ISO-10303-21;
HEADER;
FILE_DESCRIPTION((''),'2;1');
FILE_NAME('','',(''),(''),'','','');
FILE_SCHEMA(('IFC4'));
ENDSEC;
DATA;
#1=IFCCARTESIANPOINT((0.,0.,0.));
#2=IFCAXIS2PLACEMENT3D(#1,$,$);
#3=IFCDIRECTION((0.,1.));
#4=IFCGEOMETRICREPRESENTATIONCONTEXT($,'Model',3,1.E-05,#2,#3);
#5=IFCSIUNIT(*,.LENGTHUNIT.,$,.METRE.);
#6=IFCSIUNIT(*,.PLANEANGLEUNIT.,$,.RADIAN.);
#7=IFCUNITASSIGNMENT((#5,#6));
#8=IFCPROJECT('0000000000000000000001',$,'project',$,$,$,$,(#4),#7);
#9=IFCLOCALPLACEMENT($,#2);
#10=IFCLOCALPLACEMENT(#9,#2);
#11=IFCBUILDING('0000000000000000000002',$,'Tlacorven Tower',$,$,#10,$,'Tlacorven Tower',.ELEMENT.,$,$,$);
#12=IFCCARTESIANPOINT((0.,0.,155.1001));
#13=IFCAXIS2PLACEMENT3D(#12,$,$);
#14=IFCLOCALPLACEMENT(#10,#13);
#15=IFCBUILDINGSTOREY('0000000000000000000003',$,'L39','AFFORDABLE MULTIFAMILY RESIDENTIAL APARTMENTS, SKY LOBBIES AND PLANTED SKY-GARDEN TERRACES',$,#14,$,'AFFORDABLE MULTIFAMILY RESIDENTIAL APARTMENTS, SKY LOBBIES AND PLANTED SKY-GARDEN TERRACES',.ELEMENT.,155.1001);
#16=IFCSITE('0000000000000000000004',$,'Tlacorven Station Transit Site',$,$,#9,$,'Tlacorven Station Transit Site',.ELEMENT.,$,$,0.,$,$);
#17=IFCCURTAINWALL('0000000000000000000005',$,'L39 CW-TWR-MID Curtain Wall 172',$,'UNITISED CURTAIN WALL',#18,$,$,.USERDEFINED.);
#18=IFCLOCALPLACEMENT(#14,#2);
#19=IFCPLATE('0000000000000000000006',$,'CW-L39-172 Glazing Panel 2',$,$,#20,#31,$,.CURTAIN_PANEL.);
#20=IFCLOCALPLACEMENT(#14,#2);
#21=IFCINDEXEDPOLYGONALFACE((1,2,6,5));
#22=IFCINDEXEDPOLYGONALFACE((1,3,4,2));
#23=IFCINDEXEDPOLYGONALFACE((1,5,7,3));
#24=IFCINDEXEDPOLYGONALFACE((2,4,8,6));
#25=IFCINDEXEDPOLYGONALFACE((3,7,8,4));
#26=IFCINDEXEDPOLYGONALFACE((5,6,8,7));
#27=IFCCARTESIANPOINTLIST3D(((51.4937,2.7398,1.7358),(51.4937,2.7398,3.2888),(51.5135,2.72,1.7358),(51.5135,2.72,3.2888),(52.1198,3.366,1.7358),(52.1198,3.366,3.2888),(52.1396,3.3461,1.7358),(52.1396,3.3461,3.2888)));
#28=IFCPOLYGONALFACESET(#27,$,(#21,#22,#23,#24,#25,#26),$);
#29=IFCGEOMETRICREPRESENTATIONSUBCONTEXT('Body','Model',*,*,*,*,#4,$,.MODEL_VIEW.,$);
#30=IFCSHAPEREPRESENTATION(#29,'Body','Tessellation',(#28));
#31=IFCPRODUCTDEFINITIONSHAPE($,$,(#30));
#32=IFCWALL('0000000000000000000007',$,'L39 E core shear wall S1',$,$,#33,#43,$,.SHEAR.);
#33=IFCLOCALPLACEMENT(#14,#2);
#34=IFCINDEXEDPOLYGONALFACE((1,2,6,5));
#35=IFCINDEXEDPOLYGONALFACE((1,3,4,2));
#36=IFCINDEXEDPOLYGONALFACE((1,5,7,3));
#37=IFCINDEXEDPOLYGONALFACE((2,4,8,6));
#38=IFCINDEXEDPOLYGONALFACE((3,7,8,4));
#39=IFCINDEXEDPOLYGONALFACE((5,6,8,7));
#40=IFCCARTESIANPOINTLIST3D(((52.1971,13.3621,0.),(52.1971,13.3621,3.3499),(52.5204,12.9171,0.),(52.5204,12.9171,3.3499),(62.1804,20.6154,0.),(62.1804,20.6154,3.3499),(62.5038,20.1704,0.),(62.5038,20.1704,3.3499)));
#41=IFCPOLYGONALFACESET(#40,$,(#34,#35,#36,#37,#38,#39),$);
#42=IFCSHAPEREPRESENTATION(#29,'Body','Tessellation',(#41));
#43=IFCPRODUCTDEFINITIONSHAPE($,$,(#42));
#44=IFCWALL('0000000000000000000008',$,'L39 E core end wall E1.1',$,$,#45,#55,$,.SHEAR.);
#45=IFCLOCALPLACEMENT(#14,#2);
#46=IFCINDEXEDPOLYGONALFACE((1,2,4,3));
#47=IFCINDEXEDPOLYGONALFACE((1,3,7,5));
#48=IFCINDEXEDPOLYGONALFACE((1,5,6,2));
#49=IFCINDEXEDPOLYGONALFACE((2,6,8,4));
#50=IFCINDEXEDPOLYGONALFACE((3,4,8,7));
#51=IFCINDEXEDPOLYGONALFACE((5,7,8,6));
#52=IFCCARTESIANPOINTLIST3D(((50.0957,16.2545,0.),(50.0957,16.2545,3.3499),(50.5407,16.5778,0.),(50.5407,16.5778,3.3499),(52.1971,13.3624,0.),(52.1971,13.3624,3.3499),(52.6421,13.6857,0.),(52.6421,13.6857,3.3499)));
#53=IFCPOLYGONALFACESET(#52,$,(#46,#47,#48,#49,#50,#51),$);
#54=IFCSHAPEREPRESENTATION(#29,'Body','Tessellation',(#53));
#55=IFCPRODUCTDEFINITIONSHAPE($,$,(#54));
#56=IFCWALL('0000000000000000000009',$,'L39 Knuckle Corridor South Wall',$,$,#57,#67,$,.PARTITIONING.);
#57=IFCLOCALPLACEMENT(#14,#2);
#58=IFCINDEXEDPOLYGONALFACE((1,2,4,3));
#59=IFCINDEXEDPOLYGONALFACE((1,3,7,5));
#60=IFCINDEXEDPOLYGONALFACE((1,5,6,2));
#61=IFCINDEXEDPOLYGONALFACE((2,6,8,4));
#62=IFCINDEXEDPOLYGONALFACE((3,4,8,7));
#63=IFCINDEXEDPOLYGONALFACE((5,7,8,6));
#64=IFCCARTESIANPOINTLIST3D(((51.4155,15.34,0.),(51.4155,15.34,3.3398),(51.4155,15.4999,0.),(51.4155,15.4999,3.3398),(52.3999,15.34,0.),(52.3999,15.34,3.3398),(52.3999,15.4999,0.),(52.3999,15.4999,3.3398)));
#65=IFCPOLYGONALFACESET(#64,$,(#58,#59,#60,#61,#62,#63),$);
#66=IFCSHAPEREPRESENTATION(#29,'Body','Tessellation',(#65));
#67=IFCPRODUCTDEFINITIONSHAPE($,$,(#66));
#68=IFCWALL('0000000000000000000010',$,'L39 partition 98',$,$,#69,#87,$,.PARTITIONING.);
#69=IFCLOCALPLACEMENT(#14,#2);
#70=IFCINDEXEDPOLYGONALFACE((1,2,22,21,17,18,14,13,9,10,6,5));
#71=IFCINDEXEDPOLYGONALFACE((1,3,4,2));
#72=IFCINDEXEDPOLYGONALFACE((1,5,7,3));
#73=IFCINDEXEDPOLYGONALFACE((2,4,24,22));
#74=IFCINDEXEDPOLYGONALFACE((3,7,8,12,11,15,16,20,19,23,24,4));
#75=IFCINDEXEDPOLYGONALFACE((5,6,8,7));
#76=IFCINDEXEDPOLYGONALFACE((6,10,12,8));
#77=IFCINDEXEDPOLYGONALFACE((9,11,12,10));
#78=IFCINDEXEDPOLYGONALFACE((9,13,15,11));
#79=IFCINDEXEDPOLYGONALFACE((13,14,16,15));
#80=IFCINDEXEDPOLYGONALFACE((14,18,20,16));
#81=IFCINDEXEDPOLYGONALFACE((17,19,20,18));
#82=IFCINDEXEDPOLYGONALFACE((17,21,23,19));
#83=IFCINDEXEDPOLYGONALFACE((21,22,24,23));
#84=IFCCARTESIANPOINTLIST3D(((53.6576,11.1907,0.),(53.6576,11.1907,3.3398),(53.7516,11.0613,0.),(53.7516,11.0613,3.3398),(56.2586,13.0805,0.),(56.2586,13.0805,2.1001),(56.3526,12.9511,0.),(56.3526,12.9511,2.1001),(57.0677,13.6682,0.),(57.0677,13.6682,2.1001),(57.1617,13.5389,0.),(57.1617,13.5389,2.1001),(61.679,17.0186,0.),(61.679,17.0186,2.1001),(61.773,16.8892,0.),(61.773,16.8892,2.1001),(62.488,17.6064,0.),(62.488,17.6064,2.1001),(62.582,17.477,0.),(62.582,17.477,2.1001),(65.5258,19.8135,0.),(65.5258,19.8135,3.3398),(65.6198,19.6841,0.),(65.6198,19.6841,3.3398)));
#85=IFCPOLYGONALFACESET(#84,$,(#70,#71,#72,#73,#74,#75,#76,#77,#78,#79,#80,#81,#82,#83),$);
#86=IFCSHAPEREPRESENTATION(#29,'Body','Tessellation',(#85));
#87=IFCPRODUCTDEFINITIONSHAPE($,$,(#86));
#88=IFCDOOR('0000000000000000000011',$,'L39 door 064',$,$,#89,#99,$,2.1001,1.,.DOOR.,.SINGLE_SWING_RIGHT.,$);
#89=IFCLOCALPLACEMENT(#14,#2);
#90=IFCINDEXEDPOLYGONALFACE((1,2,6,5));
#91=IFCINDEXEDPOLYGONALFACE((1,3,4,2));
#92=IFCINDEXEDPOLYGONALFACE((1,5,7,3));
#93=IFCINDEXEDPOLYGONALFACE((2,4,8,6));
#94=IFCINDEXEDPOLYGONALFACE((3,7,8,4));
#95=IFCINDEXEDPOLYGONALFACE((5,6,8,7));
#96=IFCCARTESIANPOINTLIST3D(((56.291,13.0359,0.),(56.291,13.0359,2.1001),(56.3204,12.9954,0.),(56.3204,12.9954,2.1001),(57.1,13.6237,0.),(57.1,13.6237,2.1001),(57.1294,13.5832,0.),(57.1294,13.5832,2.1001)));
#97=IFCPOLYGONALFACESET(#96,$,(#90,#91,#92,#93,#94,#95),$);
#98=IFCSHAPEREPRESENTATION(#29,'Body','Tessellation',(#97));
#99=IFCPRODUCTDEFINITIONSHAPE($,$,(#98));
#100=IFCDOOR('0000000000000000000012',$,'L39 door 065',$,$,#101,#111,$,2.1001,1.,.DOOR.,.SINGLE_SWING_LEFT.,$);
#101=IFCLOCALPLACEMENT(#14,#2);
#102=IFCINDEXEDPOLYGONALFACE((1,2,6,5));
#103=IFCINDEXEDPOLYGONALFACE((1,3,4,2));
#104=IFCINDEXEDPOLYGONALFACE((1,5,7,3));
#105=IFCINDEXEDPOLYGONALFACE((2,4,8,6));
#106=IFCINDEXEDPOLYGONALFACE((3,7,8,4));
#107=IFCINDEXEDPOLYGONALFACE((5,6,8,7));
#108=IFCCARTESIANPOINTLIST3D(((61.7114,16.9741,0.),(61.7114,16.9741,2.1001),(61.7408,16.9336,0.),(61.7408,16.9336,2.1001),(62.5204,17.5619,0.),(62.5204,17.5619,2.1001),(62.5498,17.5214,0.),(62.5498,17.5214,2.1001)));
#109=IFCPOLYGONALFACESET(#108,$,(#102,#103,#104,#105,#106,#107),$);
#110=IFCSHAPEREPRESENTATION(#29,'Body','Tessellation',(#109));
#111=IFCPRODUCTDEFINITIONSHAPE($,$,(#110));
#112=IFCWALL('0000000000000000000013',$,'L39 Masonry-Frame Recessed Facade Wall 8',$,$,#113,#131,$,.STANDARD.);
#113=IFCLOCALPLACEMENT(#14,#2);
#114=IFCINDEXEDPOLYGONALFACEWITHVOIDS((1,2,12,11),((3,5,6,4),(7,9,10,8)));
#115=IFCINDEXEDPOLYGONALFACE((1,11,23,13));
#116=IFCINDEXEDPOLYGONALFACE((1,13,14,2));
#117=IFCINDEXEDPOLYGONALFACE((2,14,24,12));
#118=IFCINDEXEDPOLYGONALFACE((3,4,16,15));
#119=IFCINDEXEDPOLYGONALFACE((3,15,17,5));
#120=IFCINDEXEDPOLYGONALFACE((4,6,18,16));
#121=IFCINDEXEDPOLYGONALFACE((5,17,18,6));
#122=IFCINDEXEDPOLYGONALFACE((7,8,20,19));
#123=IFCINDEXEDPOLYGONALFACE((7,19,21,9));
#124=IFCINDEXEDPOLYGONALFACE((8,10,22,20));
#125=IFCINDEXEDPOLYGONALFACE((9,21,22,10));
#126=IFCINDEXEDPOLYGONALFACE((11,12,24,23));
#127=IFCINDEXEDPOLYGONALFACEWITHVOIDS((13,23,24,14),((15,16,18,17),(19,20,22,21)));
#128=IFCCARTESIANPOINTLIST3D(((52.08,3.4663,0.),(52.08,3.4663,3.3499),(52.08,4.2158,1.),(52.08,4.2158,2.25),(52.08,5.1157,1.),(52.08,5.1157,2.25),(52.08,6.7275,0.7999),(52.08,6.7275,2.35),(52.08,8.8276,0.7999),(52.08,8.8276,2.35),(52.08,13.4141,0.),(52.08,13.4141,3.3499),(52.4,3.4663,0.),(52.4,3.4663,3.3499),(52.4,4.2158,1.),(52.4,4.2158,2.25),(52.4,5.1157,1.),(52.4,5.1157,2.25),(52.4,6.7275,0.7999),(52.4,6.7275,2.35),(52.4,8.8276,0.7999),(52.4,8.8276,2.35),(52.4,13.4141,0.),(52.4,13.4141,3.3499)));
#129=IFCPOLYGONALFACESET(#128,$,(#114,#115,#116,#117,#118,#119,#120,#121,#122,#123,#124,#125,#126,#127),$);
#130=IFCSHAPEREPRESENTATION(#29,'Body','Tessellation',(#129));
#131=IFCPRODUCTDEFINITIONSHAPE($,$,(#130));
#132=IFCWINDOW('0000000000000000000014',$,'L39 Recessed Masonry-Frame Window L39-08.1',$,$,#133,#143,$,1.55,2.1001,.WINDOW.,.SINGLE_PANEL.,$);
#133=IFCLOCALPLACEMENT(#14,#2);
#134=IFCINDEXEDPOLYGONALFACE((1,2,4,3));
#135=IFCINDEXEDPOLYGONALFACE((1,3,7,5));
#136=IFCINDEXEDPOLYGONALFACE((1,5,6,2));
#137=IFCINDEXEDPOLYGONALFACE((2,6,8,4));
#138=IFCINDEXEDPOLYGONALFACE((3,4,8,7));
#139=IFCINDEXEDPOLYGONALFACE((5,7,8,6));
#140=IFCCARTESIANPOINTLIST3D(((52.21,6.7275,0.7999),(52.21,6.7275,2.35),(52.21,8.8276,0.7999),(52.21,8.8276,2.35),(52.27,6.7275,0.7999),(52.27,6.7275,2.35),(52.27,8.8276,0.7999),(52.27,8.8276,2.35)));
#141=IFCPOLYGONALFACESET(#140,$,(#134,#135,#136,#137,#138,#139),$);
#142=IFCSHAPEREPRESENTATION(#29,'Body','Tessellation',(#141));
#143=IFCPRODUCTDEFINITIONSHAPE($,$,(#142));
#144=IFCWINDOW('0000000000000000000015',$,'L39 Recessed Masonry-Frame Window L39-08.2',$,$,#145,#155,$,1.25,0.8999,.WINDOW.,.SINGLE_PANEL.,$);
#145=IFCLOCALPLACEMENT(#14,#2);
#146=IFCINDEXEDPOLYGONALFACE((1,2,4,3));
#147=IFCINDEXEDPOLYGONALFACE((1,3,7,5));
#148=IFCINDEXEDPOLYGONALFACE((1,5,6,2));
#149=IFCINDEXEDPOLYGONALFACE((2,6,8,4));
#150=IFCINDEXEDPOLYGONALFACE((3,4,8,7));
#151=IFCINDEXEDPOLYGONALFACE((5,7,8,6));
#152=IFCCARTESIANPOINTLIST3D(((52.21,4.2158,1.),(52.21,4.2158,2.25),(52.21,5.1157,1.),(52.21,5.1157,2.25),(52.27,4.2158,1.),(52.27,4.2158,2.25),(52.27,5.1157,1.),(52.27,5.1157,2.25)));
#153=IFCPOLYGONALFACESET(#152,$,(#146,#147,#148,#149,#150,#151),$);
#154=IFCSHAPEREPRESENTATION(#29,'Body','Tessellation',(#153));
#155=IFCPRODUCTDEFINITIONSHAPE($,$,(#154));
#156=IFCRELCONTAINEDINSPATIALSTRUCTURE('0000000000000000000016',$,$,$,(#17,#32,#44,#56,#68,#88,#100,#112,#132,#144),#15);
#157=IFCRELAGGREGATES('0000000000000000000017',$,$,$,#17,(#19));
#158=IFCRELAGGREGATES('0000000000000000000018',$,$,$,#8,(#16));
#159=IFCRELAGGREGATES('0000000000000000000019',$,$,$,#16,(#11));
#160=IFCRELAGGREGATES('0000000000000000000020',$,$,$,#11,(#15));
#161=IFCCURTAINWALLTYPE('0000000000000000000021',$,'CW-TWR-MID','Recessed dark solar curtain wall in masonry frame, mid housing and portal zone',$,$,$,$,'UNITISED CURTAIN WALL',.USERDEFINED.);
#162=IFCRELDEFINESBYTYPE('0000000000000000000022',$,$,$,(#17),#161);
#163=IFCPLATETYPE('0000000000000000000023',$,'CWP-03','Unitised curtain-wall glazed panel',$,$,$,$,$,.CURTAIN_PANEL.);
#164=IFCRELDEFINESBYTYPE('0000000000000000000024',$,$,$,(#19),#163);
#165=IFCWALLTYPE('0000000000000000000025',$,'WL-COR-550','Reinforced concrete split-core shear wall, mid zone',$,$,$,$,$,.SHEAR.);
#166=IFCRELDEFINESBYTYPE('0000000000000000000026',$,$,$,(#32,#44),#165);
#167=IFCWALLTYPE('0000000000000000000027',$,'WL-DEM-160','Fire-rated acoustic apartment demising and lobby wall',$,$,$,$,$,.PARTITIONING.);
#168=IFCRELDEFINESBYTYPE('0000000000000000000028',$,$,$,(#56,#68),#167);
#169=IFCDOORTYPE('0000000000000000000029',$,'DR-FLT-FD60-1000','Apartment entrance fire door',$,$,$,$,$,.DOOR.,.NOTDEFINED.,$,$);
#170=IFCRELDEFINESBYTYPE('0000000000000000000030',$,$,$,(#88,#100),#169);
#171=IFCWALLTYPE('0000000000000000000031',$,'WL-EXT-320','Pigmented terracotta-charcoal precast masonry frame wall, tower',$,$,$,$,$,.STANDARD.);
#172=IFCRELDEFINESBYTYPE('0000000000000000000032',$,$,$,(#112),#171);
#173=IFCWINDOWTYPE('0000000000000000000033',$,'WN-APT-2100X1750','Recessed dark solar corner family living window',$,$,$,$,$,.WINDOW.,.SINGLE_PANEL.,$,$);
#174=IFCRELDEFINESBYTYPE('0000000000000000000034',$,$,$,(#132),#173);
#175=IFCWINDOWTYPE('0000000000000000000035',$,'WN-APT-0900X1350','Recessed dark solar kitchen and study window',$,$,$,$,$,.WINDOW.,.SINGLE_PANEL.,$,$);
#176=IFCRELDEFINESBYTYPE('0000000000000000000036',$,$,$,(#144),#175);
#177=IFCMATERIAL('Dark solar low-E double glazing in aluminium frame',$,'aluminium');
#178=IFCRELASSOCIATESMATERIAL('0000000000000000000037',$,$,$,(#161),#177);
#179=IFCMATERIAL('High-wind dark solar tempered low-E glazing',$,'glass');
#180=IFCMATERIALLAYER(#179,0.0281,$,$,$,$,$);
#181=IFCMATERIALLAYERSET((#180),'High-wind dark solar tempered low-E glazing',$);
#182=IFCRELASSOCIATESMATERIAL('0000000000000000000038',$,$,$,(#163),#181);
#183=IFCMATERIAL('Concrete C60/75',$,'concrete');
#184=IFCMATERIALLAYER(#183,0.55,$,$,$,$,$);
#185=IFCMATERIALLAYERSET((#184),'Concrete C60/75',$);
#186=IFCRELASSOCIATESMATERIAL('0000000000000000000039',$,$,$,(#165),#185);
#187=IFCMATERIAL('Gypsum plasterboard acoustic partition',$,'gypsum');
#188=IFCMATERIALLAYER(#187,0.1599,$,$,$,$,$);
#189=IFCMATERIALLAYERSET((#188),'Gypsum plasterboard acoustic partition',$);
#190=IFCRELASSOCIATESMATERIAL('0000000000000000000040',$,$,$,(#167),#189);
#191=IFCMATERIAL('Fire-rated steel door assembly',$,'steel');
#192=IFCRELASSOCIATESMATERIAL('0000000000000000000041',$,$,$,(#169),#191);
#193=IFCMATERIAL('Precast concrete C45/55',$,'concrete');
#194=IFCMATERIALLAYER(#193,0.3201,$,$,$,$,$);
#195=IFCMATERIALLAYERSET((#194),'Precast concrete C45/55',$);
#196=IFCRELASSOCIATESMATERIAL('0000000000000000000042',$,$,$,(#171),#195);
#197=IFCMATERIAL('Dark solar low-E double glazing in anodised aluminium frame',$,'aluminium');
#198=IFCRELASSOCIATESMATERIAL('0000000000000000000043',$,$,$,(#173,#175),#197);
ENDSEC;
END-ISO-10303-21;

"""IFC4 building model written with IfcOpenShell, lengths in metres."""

from ifc_helpers import new_model, si_unit, direction, frame, frame_2d, origin, origin_2d, place, context, subcontext, project, spatial, rectangle, extrude, source, transform, mapped, material, layer, layer_set, type_object, element, fill, aggregate, save


model = new_model("IFC4")

# Units and contexts
model_context = context("Model", 3, precision=1e-05, world=origin(), true_north=direction((0.0, 1.0)))
body_context = subcontext(model_context, "Body", "Model", "MODEL_VIEW")
ifc_project = project(units=[si_unit("LENGTHUNIT", "METRE"), si_unit("PLANEANGLEUNIT", "RADIAN")], contexts=[model_context])

# Site, building, storey
site_placement = place(None, origin())
site = spatial("IfcSite", under=ifc_project, at=site_placement, Name="Tlacorven Station Transit Site", LongName="Tlacorven Station Transit Site", CompositionType="ELEMENT", RefElevation=0.0)
building_placement = place(site_placement, origin())
building = spatial("IfcBuilding", under=site, at=building_placement, Name="Tlacorven Tower", LongName="Tlacorven Tower", CompositionType="ELEMENT")
storey_placement = place(building_placement, frame((0.0, 0.0, 155.1001)))
storey = spatial("IfcBuildingStorey", under=building, at=storey_placement, Name="L39", Description="AFFORDABLE MULTIFAMILY RESIDENTIAL APARTMENTS, SKY LOBBIES AND PLANTED SKY-GARDEN TERRACES", LongName="AFFORDABLE MULTIFAMILY RESIDENTIAL APARTMENTS, SKY LOBBIES AND PLANTED SKY-GARDEN TERRACES", CompositionType="ELEMENT", Elevation=155.1001)

# Curtain wall, plate
ifc_material_1 = material(Name="Dark solar low-E double glazing in aluminium frame", Category="aluminium")
curtain_wall_type = type_object("IfcCurtainWallType", Name="CW-TWR-MID", Description="Recessed dark solar curtain wall in masonry frame, mid housing and portal zone", ElementType="UNITISED CURTAIN WALL", PredefinedType="USERDEFINED", material=ifc_material_1)
curtain_wall_placement = place(storey_placement, origin())
curtain_wall = element("IfcCurtainWall", 1, at=curtain_wall_placement, inside=storey, type_object=curtain_wall_type, Name="L39 CW-TWR-MID Curtain Wall 172", ObjectType="UNITISED CURTAIN WALL", PredefinedType="USERDEFINED")
ifc_material_2 = material(Name="High-wind dark solar tempered low-E glazing", Category="glass")
ifc_layer_1 = layer(ifc_material_2, 0.0281)
ifc_layer_set_1 = layer_set([ifc_layer_1], Name="High-wind dark solar tempered low-E glazing")
plate_type = type_object("IfcPlateType", Name="CWP-03", Description="Unitised curtain-wall glazed panel", PredefinedType="CURTAIN_PANEL", material=ifc_layer_set_1)
shared_shape_1 = source(origin(), body_context, "Body", "SweptSolid", [
    extrude(rectangle(XDim=0.8855, YDim=0.0281, at=origin_2d()), origin(), (0.0, 0.0, 1.0), 1.553),
])
plate_1_placement = place(storey_placement, frame((51.8167, 3.043, 1.7358), z_axis=(0.0, 0.0, 1.0), x_axis=(-0.707107, -0.707107, 0.0)))
plate_1 = element("IfcPlate", 2, at=plate_1_placement, type_object=plate_type, Name="CW-L39-172 Glazing Panel 2", PredefinedType="CURTAIN_PANEL", context=body_context, shape_type="MappedRepresentation", body=[
    mapped(shared_shape_1, transform((0.0, 0.0, 0.0), scale=1.0)),
])
aggregate(curtain_wall, [plate_1])

# Walls
ifc_material_3 = material(Name="Concrete C60/75", Category="concrete")
ifc_layer_2 = layer(ifc_material_3, 0.55)
ifc_layer_set_2 = layer_set([ifc_layer_2], Name="Concrete C60/75")
wall_type_1 = type_object("IfcWallType", Name="WL-COR-550", Description="Reinforced concrete split-core shear wall, mid zone", PredefinedType="SHEAR", material=ifc_layer_set_2)
wall_1_placement = place(storey_placement, frame((52.3589, 13.1396, 0.0), z_axis=(0.0, 0.0, 1.0), x_axis=(0.809015, 0.587788, 0.0)))
element("IfcWall", 3, at=wall_1_placement, inside=storey, type_object=wall_type_1, Name="L39 E core shear wall S1", PredefinedType="SHEAR", context=body_context, shape_type="SweptSolid", body=[
    extrude(rectangle(XDim=12.3401, YDim=0.55, at=frame_2d((6.1699, 0.0))), origin(), (0.0, 0.0, 1.0), 3.3499),
])
wall_2_placement = place(storey_placement, frame((52.4197, 13.5239, 0.0), z_axis=(0.0, 0.0, 1.0), x_axis=(-0.587802, 0.809005, 0.0)))
element("IfcWall", 4, at=wall_2_placement, inside=storey, type_object=wall_type_1, Name="L39 E core end wall E1.1", PredefinedType="SHEAR", context=body_context, shape_type="SweptSolid", body=[
    extrude(rectangle(XDim=3.575, YDim=0.55, at=frame_2d((1.7876, 0.0))), origin(), (0.0, 0.0, 1.0), 3.3499),
])
ifc_material_4 = material(Name="Gypsum plasterboard acoustic partition", Category="gypsum")
ifc_layer_3 = layer(ifc_material_4, 0.1599)
ifc_layer_set_3 = layer_set([ifc_layer_3], Name="Gypsum plasterboard acoustic partition")
wall_type_2 = type_object("IfcWallType", Name="WL-DEM-160", Description="Fire-rated acoustic apartment demising and lobby wall", PredefinedType="PARTITIONING", material=ifc_layer_set_3)
wall_3_placement = place(storey_placement, frame((51.4155, 15.4199, 0.0), z_axis=(0.0, 0.0, 1.0), x_axis=(1.0, 0.0, 0.0)))
element("IfcWall", 5, at=wall_3_placement, inside=storey, type_object=wall_type_2, Name="L39 Knuckle Corridor South Wall", PredefinedType="PARTITIONING", context=body_context, shape_type="SweptSolid", body=[
    extrude(rectangle(XDim=0.9844, YDim=0.1599, at=frame_2d((0.4922, 0.0))), origin(), (0.0, 0.0, 1.0), 3.3398),
])

# Wall, openings, doors
wall_4_placement = place(storey_placement, frame((53.7046, 11.126, 0.0), z_axis=(0.0, 0.0, 1.0), x_axis=(0.809015, 0.587789, 0.0)))
wall_4 = element("IfcWall", 6, at=wall_4_placement, inside=storey, type_object=wall_type_2, Name="L39 partition 98", PredefinedType="PARTITIONING", context=body_context, shape_type="SweptSolid", body=[
    extrude(rectangle(XDim=14.6699, YDim=0.1599, at=frame_2d((7.335, 0.0))), origin(), (0.0, 0.0, 1.0), 3.3398),
])
opening_1_placement = place(wall_4_placement, frame((3.2151, 0.0, 0.0)))
opening_1 = element("IfcOpeningElement", 7, at=opening_1_placement, cuts=wall_4, PredefinedType="OPENING", context=body_context, shape_type="SweptSolid", body=[
    extrude(rectangle(XDim=1.0, YDim=2.1001, at=frame_2d((0.5, 1.05))), frame((0.0, 0.0898, 0.0), z_axis=(0.0, -1.0, 0.0), x_axis=(1.0, 0.0, 0.0)), (0.0, 0.0, 1.0), 0.1799),
])
opening_2_placement = place(wall_4_placement, frame((9.915, 0.0, 0.0)))
opening_2 = element("IfcOpeningElement", 8, at=opening_2_placement, cuts=wall_4, PredefinedType="OPENING", context=body_context, shape_type="SweptSolid", body=[
    extrude(rectangle(XDim=1.0, YDim=2.1001, at=frame_2d((0.5, 1.05))), frame((0.0, 0.0898, 0.0), z_axis=(0.0, -1.0, 0.0), x_axis=(1.0, 0.0, 0.0)), (0.0, 0.0, 1.0), 0.1799),
])
ifc_material_5 = material(Name="Fire-rated steel door assembly", Category="steel")
door_type = type_object("IfcDoorType", Name="DR-FLT-FD60-1000", Description="Apartment entrance fire door", OperationType="NOTDEFINED", PredefinedType="DOOR", material=ifc_material_5)
shared_shape_2 = source(origin(), body_context, "Body", "SweptSolid", [
    extrude(rectangle(XDim=1.0, YDim=2.1001, at=frame_2d((0.5, 1.05))), frame((0.0, 0.0249, 0.0), z_axis=(0.0, -1.0, 0.0), x_axis=(1.0, 0.0, 0.0)), (0.0, 0.0, 1.0), 0.05),
])
door_1_placement = place(opening_1_placement, origin())
door_1 = element("IfcDoor", 9, at=door_1_placement, inside=storey, type_object=door_type, Name="L39 door 064", OperationType="SINGLE_SWING_RIGHT", OverallHeight=2.1001, OverallWidth=1.0, PredefinedType="DOOR", context=body_context, shape_type="MappedRepresentation", body=[
    mapped(shared_shape_2, transform((0.0, 0.0, 0.0), scale=1.0)),
])
fill(opening_1, door_1)
door_2_placement = place(opening_2_placement, origin())
door_2 = element("IfcDoor", 10, at=door_2_placement, inside=storey, type_object=door_type, Name="L39 door 065", OperationType="SINGLE_SWING_LEFT", OverallHeight=2.1001, OverallWidth=1.0, PredefinedType="DOOR", context=body_context, shape_type="MappedRepresentation", body=[
    mapped(shared_shape_2, transform((0.0, 0.0, 0.0), scale=1.0)),
])
fill(opening_2, door_2)

# Wall, openings, windows
ifc_material_6 = material(Name="Precast concrete C45/55", Category="concrete")
ifc_layer_4 = layer(ifc_material_6, 0.3201)
ifc_layer_set_4 = layer_set([ifc_layer_4], Name="Precast concrete C45/55")
wall_type_3 = type_object("IfcWallType", Name="WL-EXT-320", Description="Pigmented terracotta-charcoal precast masonry frame wall, tower", PredefinedType="STANDARD", material=ifc_layer_set_4)
wall_5_placement = place(storey_placement, frame((52.24, 13.4141, 0.0), z_axis=(0.0, 0.0, 1.0), x_axis=(0.0, -1.0, 0.0)))
wall_5 = element("IfcWall", 11, at=wall_5_placement, inside=storey, type_object=wall_type_3, Name="L39 Masonry-Frame Recessed Facade Wall 8", PredefinedType="STANDARD", context=body_context, shape_type="SweptSolid", body=[
    extrude(rectangle(XDim=9.9478, YDim=0.3201, at=frame_2d((4.9739, 0.0))), origin(), (0.0, 0.0, 1.0), 3.3499),
])
opening_3_placement = place(wall_5_placement, frame((4.5864, 0.0, 0.8)))
opening_3 = element("IfcOpeningElement", 12, at=opening_3_placement, cuts=wall_5, PredefinedType="OPENING", context=body_context, shape_type="SweptSolid", body=[
    extrude(rectangle(XDim=2.1001, YDim=1.55, at=frame_2d((1.05, 0.7749))), frame((0.0, 0.1699, 0.0), z_axis=(0.0, -1.0, 0.0), x_axis=(1.0, 0.0, 0.0)), (0.0, 0.0, 1.0), 0.3401),
])
opening_4_placement = place(wall_5_placement, frame((8.2983, 0.0, 1.0)))
opening_4 = element("IfcOpeningElement", 13, at=opening_4_placement, cuts=wall_5, PredefinedType="OPENING", context=body_context, shape_type="SweptSolid", body=[
    extrude(rectangle(XDim=0.8999, YDim=1.25, at=frame_2d((0.45, 0.625))), frame((0.0, 0.1699, 0.0), z_axis=(0.0, -1.0, 0.0), x_axis=(1.0, 0.0, 0.0)), (0.0, 0.0, 1.0), 0.3401),
])
ifc_material_7 = material(Name="Dark solar low-E double glazing in anodised aluminium frame", Category="aluminium")
window_type_1 = type_object("IfcWindowType", Name="WN-APT-2100X1750", Description="Recessed dark solar corner family living window", PartitioningType="SINGLE_PANEL", PredefinedType="WINDOW", material=ifc_material_7)
shared_shape_3 = source(origin(), body_context, "Body", "SweptSolid", [
    extrude(rectangle(XDim=2.1001, YDim=1.55, at=frame_2d((1.05, 0.7749))), frame((0.0, 0.03, 0.0), z_axis=(0.0, -1.0, 0.0), x_axis=(1.0, 0.0, 0.0)), (0.0, 0.0, 1.0), 0.0601),
])
window_1_placement = place(opening_3_placement, origin())
window_1 = element("IfcWindow", 14, at=window_1_placement, inside=storey, type_object=window_type_1, Name="L39 Recessed Masonry-Frame Window L39-08.1", OverallHeight=1.55, OverallWidth=2.1001, PartitioningType="SINGLE_PANEL", PredefinedType="WINDOW", context=body_context, shape_type="MappedRepresentation", body=[
    mapped(shared_shape_3, transform((0.0, 0.0, 0.0), scale=1.0)),
])
fill(opening_3, window_1)
window_type_2 = type_object("IfcWindowType", Name="WN-APT-0900X1350", Description="Recessed dark solar kitchen and study window", PartitioningType="SINGLE_PANEL", PredefinedType="WINDOW", material=ifc_material_7)
shared_shape_4 = source(origin(), body_context, "Body", "SweptSolid", [
    extrude(rectangle(XDim=0.8999, YDim=1.25, at=frame_2d((0.45, 0.625))), frame((0.0, 0.03, 0.0), z_axis=(0.0, -1.0, 0.0), x_axis=(1.0, 0.0, 0.0)), (0.0, 0.0, 1.0), 0.0601),
])
window_2_placement = place(opening_4_placement, origin())
window_2 = element("IfcWindow", 15, at=window_2_placement, inside=storey, type_object=window_type_2, Name="L39 Recessed Masonry-Frame Window L39-08.2", OverallHeight=1.25, OverallWidth=0.8999, PartitioningType="SINGLE_PANEL", PredefinedType="WINDOW", context=body_context, shape_type="MappedRepresentation", body=[
    mapped(shared_shape_4, transform((0.0, 0.0, 0.0), scale=1.0)),
])
fill(opening_4, window_2)

save(model, "model.ifc")
